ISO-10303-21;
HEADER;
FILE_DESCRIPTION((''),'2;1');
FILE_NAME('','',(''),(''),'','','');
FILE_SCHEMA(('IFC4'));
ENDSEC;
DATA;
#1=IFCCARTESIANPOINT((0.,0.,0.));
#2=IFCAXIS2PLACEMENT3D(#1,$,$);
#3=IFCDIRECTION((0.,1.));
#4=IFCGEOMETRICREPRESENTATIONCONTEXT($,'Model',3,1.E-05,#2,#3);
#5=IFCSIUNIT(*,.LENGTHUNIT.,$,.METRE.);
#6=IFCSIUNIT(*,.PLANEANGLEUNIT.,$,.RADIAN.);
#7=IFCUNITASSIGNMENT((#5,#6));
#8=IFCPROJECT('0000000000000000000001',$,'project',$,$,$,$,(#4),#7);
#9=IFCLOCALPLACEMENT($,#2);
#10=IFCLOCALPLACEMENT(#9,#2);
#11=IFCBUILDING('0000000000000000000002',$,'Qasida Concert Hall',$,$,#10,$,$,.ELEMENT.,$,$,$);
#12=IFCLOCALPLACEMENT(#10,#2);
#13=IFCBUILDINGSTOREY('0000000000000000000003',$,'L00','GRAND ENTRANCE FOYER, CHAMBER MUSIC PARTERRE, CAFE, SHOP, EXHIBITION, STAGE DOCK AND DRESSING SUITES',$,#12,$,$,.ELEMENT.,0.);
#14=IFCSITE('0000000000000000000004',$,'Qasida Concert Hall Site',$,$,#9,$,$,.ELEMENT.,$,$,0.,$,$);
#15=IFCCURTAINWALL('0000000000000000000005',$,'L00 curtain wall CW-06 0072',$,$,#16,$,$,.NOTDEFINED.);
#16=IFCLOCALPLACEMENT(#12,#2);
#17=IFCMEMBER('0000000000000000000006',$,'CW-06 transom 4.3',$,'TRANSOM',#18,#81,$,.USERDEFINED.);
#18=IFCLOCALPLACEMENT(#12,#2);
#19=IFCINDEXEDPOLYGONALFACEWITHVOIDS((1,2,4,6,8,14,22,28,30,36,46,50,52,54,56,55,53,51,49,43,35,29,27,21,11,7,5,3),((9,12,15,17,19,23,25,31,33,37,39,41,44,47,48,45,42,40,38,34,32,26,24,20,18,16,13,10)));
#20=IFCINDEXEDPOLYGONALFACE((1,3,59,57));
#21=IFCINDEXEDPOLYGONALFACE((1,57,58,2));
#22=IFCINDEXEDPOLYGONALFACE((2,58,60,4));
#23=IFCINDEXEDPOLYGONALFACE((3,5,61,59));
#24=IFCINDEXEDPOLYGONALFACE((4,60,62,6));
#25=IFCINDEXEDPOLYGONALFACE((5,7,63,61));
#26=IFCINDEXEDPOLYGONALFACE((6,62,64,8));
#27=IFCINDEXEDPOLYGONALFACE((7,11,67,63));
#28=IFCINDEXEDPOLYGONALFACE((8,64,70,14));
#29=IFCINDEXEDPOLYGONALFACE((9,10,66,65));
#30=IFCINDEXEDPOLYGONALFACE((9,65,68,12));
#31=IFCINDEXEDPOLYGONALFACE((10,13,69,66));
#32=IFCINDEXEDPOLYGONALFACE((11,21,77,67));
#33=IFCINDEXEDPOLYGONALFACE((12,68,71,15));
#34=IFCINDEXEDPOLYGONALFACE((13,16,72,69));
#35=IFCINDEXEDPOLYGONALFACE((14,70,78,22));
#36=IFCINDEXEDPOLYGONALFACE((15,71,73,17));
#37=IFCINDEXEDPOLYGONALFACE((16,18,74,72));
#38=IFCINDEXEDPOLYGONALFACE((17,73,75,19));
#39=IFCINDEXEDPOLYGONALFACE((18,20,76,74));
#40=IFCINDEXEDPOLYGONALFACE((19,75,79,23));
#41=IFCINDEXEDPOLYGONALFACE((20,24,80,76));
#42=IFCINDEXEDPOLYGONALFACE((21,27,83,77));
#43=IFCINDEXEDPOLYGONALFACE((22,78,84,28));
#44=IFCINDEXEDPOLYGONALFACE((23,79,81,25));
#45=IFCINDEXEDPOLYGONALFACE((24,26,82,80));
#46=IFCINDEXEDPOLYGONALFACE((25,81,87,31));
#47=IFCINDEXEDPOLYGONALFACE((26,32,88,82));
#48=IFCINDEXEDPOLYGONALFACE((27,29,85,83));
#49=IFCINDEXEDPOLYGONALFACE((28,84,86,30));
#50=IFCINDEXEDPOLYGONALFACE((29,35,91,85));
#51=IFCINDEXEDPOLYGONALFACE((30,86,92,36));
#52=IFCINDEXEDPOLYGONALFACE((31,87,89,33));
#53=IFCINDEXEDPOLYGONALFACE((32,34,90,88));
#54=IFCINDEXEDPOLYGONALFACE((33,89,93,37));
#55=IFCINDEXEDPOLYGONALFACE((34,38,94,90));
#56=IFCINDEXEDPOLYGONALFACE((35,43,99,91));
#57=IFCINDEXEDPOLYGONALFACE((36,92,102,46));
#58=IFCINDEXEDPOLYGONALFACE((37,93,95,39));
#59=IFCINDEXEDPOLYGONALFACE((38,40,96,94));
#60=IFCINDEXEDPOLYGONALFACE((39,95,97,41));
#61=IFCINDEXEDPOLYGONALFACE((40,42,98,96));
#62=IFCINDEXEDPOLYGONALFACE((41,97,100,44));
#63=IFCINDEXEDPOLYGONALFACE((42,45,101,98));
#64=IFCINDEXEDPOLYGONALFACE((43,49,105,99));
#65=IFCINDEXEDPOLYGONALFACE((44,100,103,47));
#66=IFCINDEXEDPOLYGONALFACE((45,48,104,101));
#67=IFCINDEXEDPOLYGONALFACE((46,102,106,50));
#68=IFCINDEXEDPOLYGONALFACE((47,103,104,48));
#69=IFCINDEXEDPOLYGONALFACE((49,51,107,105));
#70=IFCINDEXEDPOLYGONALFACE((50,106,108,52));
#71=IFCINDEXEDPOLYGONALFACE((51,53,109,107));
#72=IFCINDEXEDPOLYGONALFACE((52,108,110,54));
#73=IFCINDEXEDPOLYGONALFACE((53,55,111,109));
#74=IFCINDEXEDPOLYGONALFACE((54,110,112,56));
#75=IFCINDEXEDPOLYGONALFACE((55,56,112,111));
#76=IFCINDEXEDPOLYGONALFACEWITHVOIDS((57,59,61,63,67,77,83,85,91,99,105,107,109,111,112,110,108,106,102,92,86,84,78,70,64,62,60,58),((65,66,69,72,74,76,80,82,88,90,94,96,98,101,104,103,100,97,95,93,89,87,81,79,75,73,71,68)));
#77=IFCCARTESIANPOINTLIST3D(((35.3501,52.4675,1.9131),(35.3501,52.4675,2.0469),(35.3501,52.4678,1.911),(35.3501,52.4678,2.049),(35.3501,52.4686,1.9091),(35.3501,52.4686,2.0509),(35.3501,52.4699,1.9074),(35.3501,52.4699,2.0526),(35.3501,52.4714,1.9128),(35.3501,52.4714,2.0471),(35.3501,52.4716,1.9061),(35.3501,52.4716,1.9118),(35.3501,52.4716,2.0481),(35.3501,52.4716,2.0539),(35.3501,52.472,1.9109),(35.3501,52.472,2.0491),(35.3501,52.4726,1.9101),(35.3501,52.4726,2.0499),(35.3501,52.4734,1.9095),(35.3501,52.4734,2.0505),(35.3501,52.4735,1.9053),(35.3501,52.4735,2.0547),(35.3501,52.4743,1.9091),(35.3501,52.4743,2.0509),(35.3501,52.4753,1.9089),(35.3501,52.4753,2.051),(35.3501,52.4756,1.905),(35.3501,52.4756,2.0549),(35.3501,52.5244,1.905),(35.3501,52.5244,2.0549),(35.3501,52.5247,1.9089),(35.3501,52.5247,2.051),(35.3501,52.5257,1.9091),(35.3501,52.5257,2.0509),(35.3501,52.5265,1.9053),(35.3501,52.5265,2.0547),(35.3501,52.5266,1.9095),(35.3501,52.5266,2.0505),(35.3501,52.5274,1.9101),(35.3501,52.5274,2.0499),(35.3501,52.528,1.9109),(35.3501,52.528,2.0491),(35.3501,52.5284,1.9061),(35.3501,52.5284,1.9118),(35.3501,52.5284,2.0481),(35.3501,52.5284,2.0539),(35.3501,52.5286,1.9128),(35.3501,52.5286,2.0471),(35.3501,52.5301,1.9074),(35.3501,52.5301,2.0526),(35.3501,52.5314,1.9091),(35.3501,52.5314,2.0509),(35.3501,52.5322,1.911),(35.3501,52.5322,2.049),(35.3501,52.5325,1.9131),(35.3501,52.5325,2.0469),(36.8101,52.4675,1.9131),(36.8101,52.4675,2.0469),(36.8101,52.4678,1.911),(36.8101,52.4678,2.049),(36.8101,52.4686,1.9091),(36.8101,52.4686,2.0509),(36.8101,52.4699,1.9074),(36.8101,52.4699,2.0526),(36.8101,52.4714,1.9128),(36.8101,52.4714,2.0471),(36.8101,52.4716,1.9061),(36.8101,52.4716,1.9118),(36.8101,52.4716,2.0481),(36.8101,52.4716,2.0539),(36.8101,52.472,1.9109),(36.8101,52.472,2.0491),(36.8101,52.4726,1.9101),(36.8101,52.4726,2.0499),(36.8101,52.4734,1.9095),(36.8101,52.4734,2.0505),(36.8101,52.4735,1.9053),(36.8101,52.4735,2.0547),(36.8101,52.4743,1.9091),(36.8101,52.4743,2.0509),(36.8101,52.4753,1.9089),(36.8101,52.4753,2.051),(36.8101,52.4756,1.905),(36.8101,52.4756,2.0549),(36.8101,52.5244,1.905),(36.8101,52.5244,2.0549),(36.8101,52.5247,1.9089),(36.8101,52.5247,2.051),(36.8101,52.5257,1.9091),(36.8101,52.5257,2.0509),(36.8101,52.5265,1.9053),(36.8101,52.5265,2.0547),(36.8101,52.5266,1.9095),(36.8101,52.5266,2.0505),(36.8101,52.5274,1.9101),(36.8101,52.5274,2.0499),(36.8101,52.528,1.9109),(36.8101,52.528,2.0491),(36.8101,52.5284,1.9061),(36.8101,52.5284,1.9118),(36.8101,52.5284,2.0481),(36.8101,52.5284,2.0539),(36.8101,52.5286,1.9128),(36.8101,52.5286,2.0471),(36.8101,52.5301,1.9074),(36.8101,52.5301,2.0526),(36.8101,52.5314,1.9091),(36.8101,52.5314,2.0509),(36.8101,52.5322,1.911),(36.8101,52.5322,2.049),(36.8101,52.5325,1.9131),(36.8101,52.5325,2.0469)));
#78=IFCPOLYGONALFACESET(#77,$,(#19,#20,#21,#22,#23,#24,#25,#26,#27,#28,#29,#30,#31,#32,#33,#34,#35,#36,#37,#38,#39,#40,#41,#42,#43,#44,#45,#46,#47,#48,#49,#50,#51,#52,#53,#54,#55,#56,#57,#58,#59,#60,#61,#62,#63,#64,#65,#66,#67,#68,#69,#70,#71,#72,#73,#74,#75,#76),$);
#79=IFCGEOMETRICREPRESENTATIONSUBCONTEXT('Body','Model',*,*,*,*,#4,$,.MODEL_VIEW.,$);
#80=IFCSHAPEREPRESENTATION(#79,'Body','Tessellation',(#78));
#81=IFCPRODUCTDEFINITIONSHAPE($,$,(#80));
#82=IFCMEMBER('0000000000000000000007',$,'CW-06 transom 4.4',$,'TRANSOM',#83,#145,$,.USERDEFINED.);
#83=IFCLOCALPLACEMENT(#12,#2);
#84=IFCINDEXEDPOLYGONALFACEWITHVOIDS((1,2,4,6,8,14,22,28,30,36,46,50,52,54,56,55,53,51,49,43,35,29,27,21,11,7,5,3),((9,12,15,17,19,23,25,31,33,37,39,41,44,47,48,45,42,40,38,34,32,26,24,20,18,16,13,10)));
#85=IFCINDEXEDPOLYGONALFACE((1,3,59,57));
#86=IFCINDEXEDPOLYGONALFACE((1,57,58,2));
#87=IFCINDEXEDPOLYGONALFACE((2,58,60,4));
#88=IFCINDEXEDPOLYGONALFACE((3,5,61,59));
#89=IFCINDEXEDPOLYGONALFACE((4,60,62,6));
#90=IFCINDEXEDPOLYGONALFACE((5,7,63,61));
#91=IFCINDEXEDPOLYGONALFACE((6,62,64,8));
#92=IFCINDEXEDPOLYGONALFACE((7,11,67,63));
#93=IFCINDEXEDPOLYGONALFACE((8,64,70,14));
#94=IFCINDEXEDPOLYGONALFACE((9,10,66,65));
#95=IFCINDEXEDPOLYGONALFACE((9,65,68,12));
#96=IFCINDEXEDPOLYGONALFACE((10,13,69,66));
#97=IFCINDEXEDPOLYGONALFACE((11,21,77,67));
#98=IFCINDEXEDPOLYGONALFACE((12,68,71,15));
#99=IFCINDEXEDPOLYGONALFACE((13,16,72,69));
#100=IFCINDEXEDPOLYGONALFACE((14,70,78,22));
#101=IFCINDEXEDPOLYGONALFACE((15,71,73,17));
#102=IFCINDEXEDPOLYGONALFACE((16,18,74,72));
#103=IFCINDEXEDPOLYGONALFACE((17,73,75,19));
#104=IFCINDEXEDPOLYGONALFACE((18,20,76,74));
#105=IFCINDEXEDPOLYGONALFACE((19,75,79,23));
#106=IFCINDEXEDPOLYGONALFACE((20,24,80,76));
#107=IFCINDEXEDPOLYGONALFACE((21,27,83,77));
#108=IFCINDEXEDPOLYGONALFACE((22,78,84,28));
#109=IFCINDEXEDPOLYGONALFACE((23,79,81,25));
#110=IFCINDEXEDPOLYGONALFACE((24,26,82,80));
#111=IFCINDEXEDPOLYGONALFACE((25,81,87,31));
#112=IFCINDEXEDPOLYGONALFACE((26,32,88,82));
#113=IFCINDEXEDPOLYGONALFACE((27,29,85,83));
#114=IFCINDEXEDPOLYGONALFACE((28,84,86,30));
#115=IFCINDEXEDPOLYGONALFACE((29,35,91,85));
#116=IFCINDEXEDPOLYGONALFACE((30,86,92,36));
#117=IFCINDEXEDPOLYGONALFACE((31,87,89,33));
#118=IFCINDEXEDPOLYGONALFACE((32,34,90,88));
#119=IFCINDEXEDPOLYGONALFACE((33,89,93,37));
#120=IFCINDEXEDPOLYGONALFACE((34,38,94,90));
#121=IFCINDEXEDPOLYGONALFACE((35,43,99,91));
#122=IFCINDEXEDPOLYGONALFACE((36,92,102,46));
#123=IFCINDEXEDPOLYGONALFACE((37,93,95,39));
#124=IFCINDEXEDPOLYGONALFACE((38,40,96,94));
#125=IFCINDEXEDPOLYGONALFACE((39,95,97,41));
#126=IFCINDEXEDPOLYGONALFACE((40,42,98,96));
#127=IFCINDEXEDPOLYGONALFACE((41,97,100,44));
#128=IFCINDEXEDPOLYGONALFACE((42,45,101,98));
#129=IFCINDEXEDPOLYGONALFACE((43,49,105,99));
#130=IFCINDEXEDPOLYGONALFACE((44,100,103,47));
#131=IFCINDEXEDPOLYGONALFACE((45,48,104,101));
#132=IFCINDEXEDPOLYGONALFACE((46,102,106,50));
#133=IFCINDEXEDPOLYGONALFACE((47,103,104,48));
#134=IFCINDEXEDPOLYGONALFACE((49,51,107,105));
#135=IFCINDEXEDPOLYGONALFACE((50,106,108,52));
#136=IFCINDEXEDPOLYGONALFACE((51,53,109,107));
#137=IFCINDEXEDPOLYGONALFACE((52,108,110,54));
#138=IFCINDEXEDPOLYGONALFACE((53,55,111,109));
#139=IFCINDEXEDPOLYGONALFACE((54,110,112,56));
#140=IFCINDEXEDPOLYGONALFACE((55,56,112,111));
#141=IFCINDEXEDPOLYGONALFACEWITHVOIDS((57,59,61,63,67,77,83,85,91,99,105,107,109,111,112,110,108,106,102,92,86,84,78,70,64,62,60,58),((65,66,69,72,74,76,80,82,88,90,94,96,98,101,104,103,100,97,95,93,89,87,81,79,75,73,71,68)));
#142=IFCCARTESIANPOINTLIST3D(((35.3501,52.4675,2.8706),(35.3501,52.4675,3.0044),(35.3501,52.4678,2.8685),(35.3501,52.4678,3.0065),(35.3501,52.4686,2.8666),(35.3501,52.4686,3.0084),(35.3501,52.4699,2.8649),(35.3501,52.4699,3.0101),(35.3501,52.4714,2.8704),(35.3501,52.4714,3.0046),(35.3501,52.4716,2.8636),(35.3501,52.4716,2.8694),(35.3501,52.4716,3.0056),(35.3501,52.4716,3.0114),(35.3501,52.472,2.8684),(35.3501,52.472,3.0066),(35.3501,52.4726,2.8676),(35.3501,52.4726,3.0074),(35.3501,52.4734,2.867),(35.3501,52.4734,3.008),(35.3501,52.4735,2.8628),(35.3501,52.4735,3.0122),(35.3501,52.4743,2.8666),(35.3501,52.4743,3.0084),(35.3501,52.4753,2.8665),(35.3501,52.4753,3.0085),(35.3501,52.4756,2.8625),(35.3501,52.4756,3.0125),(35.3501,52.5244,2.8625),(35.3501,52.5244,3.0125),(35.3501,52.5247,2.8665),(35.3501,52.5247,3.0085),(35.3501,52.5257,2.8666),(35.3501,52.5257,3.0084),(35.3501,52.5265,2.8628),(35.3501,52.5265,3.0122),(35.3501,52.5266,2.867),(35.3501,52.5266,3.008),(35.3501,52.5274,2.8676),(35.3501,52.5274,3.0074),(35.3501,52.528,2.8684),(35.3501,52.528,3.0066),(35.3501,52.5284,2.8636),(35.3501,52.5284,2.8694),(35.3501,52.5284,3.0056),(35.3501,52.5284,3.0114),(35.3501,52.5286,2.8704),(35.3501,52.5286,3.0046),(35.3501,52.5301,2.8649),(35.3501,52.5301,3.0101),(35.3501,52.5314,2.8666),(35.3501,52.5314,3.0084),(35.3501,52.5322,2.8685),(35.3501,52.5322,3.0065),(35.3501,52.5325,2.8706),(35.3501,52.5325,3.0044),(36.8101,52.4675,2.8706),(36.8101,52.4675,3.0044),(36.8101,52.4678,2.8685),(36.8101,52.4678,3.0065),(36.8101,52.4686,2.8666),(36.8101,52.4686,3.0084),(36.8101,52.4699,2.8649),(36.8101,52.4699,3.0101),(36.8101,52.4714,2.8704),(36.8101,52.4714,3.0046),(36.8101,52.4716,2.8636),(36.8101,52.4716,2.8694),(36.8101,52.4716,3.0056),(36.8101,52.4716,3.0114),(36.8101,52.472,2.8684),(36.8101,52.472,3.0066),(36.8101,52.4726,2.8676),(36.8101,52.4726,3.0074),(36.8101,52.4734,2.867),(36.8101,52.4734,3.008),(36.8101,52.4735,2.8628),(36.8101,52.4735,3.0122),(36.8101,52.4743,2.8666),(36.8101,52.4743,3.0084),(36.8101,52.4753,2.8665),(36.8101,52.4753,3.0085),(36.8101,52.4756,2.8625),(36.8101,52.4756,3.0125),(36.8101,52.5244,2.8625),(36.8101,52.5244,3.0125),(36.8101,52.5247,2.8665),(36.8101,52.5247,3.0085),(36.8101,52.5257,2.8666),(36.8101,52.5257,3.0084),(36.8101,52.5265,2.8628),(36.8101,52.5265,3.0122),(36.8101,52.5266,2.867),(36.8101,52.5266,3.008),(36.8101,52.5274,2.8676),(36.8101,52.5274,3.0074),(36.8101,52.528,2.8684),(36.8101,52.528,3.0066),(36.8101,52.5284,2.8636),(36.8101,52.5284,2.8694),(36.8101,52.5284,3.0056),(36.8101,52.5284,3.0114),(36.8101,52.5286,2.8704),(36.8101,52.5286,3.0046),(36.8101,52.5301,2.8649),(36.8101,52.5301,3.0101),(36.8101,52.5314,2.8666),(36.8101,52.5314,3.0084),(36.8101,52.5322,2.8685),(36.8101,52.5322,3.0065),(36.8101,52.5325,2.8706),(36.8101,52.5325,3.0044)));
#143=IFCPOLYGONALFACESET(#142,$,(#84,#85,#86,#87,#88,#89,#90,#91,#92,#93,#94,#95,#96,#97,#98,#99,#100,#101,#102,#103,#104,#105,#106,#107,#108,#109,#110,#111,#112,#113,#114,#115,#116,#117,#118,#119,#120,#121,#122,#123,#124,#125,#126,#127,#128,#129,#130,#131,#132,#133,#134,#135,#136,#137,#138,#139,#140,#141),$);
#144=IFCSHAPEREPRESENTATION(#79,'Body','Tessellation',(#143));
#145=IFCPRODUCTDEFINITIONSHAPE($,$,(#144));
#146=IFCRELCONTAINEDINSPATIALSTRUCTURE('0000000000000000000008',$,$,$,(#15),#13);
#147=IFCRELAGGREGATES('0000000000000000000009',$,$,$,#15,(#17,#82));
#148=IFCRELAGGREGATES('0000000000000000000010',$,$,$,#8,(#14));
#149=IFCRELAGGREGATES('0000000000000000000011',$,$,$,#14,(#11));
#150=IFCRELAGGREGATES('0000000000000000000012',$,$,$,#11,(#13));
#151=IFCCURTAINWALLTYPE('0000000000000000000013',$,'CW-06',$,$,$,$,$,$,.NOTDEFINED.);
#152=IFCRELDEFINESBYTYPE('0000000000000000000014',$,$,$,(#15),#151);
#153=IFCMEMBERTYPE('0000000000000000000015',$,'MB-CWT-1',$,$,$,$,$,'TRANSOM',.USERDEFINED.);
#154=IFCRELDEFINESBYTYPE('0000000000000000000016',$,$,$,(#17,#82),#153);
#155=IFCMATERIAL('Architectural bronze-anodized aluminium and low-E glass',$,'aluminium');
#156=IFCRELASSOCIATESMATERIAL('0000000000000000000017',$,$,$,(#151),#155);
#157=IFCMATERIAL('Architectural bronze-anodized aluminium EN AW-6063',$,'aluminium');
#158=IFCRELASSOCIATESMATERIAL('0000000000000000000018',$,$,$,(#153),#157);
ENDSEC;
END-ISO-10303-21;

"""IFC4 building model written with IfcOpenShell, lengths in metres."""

from ifc_helpers import new_model, si_unit, direction, frame, origin, origin_2d, place, context, subcontext, project, spatial, hollow_rectangle, extrude, material, material_profile, profile_set, type_object, element, aggregate, save


model = new_model("IFC4")

# Units and contexts
model_context = context("Model", 3, precision=1e-05, world=origin(), true_north=direction((0.0, 1.0)))
body_context = subcontext(model_context, "Body", "Model", "MODEL_VIEW")
ifc_project = project(units=[si_unit("LENGTHUNIT", "METRE"), si_unit("PLANEANGLEUNIT", "RADIAN")], contexts=[model_context])

# Site, building, storey
site_placement = place(None, origin())
site = spatial("IfcSite", under=ifc_project, at=site_placement, Name="Qasida Concert Hall Site", CompositionType="ELEMENT", RefElevation=0.0)
building_placement = place(site_placement, origin())
building = spatial("IfcBuilding", under=site, at=building_placement, Name="Qasida Concert Hall", CompositionType="ELEMENT")
storey_placement = place(building_placement, origin())
storey = spatial("IfcBuildingStorey", under=building, at=storey_placement, Name="L00", Description="GRAND ENTRANCE FOYER, CHAMBER MUSIC PARTERRE, CAFE, SHOP, EXHIBITION, STAGE DOCK AND DRESSING SUITES", CompositionType="ELEMENT", Elevation=0.0)

# Curtain wall
ifc_material_1 = material(Name="Architectural bronze-anodized aluminium and low-E glass", Category="aluminium")
curtain_wall_type_1 = type_object("IfcCurtainWallType", Name="CW-06", PredefinedType="NOTDEFINED", material=ifc_material_1)
curtain_wall_1_placement = place(storey_placement, origin())
curtain_wall_1 = element("IfcCurtainWall", 1, at=curtain_wall_1_placement, inside=storey, type_object=curtain_wall_type_1, Name="L00 curtain wall CW-06 0072", PredefinedType="NOTDEFINED")
ifc_material_2 = material(Name="Architectural bronze-anodized aluminium EN AW-6063", Category="aluminium")

# Members
ifc_material_profile_1 = material_profile(ifc_material_2, hollow_rectangle(XDim=0.0649, YDim=0.1499, WallThickness=0.0039, InnerFilletRadius=0.0039, OuterFilletRadius=0.0081, at=origin_2d()), Name="CWT 150x65x4")
ifc_profile_set_1 = profile_set([ifc_material_profile_1], Name="Architectural bronze-anodized aluminium EN AW-6063")
member_type_1 = type_object("IfcMemberType", Name="MB-CWT-1", ElementType="TRANSOM", PredefinedType="USERDEFINED", material=ifc_profile_set_1)
member_1_placement = place(storey_placement, frame((35.3501, 52.5, 1.98), z_axis=(1.0, 0.0, 0.0), x_axis=(0.0, 1.0, 0.0)))
member_1 = element("IfcMember", 2, at=member_1_placement, type_object=member_type_1, Name="CW-06 transom 4.3", ObjectType="TRANSOM", PredefinedType="USERDEFINED", context=body_context, shape_type="SweptSolid", body=[
    extrude(hollow_rectangle(XDim=0.0649, YDim=0.1499, WallThickness=0.0039, InnerFilletRadius=0.0039, OuterFilletRadius=0.0081, at=origin_2d()), origin(), (0.0, 0.0, 1.0), 1.46),
])
member_2_placement = place(storey_placement, frame((35.3501, 52.5, 2.9375), z_axis=(1.0, 0.0, 0.0), x_axis=(0.0, 1.0, 0.0)))
member_2 = element("IfcMember", 3, at=member_2_placement, type_object=member_type_1, Name="CW-06 transom 4.4", ObjectType="TRANSOM", PredefinedType="USERDEFINED", context=body_context, shape_type="SweptSolid", body=[
    extrude(hollow_rectangle(XDim=0.0649, YDim=0.1499, WallThickness=0.0039, InnerFilletRadius=0.0039, OuterFilletRadius=0.0081, at=origin_2d()), origin(), (0.0, 0.0, 1.0), 1.46),
])

aggregate(curtain_wall_1, [member_1, member_2])

save(model, "model.ifc")
